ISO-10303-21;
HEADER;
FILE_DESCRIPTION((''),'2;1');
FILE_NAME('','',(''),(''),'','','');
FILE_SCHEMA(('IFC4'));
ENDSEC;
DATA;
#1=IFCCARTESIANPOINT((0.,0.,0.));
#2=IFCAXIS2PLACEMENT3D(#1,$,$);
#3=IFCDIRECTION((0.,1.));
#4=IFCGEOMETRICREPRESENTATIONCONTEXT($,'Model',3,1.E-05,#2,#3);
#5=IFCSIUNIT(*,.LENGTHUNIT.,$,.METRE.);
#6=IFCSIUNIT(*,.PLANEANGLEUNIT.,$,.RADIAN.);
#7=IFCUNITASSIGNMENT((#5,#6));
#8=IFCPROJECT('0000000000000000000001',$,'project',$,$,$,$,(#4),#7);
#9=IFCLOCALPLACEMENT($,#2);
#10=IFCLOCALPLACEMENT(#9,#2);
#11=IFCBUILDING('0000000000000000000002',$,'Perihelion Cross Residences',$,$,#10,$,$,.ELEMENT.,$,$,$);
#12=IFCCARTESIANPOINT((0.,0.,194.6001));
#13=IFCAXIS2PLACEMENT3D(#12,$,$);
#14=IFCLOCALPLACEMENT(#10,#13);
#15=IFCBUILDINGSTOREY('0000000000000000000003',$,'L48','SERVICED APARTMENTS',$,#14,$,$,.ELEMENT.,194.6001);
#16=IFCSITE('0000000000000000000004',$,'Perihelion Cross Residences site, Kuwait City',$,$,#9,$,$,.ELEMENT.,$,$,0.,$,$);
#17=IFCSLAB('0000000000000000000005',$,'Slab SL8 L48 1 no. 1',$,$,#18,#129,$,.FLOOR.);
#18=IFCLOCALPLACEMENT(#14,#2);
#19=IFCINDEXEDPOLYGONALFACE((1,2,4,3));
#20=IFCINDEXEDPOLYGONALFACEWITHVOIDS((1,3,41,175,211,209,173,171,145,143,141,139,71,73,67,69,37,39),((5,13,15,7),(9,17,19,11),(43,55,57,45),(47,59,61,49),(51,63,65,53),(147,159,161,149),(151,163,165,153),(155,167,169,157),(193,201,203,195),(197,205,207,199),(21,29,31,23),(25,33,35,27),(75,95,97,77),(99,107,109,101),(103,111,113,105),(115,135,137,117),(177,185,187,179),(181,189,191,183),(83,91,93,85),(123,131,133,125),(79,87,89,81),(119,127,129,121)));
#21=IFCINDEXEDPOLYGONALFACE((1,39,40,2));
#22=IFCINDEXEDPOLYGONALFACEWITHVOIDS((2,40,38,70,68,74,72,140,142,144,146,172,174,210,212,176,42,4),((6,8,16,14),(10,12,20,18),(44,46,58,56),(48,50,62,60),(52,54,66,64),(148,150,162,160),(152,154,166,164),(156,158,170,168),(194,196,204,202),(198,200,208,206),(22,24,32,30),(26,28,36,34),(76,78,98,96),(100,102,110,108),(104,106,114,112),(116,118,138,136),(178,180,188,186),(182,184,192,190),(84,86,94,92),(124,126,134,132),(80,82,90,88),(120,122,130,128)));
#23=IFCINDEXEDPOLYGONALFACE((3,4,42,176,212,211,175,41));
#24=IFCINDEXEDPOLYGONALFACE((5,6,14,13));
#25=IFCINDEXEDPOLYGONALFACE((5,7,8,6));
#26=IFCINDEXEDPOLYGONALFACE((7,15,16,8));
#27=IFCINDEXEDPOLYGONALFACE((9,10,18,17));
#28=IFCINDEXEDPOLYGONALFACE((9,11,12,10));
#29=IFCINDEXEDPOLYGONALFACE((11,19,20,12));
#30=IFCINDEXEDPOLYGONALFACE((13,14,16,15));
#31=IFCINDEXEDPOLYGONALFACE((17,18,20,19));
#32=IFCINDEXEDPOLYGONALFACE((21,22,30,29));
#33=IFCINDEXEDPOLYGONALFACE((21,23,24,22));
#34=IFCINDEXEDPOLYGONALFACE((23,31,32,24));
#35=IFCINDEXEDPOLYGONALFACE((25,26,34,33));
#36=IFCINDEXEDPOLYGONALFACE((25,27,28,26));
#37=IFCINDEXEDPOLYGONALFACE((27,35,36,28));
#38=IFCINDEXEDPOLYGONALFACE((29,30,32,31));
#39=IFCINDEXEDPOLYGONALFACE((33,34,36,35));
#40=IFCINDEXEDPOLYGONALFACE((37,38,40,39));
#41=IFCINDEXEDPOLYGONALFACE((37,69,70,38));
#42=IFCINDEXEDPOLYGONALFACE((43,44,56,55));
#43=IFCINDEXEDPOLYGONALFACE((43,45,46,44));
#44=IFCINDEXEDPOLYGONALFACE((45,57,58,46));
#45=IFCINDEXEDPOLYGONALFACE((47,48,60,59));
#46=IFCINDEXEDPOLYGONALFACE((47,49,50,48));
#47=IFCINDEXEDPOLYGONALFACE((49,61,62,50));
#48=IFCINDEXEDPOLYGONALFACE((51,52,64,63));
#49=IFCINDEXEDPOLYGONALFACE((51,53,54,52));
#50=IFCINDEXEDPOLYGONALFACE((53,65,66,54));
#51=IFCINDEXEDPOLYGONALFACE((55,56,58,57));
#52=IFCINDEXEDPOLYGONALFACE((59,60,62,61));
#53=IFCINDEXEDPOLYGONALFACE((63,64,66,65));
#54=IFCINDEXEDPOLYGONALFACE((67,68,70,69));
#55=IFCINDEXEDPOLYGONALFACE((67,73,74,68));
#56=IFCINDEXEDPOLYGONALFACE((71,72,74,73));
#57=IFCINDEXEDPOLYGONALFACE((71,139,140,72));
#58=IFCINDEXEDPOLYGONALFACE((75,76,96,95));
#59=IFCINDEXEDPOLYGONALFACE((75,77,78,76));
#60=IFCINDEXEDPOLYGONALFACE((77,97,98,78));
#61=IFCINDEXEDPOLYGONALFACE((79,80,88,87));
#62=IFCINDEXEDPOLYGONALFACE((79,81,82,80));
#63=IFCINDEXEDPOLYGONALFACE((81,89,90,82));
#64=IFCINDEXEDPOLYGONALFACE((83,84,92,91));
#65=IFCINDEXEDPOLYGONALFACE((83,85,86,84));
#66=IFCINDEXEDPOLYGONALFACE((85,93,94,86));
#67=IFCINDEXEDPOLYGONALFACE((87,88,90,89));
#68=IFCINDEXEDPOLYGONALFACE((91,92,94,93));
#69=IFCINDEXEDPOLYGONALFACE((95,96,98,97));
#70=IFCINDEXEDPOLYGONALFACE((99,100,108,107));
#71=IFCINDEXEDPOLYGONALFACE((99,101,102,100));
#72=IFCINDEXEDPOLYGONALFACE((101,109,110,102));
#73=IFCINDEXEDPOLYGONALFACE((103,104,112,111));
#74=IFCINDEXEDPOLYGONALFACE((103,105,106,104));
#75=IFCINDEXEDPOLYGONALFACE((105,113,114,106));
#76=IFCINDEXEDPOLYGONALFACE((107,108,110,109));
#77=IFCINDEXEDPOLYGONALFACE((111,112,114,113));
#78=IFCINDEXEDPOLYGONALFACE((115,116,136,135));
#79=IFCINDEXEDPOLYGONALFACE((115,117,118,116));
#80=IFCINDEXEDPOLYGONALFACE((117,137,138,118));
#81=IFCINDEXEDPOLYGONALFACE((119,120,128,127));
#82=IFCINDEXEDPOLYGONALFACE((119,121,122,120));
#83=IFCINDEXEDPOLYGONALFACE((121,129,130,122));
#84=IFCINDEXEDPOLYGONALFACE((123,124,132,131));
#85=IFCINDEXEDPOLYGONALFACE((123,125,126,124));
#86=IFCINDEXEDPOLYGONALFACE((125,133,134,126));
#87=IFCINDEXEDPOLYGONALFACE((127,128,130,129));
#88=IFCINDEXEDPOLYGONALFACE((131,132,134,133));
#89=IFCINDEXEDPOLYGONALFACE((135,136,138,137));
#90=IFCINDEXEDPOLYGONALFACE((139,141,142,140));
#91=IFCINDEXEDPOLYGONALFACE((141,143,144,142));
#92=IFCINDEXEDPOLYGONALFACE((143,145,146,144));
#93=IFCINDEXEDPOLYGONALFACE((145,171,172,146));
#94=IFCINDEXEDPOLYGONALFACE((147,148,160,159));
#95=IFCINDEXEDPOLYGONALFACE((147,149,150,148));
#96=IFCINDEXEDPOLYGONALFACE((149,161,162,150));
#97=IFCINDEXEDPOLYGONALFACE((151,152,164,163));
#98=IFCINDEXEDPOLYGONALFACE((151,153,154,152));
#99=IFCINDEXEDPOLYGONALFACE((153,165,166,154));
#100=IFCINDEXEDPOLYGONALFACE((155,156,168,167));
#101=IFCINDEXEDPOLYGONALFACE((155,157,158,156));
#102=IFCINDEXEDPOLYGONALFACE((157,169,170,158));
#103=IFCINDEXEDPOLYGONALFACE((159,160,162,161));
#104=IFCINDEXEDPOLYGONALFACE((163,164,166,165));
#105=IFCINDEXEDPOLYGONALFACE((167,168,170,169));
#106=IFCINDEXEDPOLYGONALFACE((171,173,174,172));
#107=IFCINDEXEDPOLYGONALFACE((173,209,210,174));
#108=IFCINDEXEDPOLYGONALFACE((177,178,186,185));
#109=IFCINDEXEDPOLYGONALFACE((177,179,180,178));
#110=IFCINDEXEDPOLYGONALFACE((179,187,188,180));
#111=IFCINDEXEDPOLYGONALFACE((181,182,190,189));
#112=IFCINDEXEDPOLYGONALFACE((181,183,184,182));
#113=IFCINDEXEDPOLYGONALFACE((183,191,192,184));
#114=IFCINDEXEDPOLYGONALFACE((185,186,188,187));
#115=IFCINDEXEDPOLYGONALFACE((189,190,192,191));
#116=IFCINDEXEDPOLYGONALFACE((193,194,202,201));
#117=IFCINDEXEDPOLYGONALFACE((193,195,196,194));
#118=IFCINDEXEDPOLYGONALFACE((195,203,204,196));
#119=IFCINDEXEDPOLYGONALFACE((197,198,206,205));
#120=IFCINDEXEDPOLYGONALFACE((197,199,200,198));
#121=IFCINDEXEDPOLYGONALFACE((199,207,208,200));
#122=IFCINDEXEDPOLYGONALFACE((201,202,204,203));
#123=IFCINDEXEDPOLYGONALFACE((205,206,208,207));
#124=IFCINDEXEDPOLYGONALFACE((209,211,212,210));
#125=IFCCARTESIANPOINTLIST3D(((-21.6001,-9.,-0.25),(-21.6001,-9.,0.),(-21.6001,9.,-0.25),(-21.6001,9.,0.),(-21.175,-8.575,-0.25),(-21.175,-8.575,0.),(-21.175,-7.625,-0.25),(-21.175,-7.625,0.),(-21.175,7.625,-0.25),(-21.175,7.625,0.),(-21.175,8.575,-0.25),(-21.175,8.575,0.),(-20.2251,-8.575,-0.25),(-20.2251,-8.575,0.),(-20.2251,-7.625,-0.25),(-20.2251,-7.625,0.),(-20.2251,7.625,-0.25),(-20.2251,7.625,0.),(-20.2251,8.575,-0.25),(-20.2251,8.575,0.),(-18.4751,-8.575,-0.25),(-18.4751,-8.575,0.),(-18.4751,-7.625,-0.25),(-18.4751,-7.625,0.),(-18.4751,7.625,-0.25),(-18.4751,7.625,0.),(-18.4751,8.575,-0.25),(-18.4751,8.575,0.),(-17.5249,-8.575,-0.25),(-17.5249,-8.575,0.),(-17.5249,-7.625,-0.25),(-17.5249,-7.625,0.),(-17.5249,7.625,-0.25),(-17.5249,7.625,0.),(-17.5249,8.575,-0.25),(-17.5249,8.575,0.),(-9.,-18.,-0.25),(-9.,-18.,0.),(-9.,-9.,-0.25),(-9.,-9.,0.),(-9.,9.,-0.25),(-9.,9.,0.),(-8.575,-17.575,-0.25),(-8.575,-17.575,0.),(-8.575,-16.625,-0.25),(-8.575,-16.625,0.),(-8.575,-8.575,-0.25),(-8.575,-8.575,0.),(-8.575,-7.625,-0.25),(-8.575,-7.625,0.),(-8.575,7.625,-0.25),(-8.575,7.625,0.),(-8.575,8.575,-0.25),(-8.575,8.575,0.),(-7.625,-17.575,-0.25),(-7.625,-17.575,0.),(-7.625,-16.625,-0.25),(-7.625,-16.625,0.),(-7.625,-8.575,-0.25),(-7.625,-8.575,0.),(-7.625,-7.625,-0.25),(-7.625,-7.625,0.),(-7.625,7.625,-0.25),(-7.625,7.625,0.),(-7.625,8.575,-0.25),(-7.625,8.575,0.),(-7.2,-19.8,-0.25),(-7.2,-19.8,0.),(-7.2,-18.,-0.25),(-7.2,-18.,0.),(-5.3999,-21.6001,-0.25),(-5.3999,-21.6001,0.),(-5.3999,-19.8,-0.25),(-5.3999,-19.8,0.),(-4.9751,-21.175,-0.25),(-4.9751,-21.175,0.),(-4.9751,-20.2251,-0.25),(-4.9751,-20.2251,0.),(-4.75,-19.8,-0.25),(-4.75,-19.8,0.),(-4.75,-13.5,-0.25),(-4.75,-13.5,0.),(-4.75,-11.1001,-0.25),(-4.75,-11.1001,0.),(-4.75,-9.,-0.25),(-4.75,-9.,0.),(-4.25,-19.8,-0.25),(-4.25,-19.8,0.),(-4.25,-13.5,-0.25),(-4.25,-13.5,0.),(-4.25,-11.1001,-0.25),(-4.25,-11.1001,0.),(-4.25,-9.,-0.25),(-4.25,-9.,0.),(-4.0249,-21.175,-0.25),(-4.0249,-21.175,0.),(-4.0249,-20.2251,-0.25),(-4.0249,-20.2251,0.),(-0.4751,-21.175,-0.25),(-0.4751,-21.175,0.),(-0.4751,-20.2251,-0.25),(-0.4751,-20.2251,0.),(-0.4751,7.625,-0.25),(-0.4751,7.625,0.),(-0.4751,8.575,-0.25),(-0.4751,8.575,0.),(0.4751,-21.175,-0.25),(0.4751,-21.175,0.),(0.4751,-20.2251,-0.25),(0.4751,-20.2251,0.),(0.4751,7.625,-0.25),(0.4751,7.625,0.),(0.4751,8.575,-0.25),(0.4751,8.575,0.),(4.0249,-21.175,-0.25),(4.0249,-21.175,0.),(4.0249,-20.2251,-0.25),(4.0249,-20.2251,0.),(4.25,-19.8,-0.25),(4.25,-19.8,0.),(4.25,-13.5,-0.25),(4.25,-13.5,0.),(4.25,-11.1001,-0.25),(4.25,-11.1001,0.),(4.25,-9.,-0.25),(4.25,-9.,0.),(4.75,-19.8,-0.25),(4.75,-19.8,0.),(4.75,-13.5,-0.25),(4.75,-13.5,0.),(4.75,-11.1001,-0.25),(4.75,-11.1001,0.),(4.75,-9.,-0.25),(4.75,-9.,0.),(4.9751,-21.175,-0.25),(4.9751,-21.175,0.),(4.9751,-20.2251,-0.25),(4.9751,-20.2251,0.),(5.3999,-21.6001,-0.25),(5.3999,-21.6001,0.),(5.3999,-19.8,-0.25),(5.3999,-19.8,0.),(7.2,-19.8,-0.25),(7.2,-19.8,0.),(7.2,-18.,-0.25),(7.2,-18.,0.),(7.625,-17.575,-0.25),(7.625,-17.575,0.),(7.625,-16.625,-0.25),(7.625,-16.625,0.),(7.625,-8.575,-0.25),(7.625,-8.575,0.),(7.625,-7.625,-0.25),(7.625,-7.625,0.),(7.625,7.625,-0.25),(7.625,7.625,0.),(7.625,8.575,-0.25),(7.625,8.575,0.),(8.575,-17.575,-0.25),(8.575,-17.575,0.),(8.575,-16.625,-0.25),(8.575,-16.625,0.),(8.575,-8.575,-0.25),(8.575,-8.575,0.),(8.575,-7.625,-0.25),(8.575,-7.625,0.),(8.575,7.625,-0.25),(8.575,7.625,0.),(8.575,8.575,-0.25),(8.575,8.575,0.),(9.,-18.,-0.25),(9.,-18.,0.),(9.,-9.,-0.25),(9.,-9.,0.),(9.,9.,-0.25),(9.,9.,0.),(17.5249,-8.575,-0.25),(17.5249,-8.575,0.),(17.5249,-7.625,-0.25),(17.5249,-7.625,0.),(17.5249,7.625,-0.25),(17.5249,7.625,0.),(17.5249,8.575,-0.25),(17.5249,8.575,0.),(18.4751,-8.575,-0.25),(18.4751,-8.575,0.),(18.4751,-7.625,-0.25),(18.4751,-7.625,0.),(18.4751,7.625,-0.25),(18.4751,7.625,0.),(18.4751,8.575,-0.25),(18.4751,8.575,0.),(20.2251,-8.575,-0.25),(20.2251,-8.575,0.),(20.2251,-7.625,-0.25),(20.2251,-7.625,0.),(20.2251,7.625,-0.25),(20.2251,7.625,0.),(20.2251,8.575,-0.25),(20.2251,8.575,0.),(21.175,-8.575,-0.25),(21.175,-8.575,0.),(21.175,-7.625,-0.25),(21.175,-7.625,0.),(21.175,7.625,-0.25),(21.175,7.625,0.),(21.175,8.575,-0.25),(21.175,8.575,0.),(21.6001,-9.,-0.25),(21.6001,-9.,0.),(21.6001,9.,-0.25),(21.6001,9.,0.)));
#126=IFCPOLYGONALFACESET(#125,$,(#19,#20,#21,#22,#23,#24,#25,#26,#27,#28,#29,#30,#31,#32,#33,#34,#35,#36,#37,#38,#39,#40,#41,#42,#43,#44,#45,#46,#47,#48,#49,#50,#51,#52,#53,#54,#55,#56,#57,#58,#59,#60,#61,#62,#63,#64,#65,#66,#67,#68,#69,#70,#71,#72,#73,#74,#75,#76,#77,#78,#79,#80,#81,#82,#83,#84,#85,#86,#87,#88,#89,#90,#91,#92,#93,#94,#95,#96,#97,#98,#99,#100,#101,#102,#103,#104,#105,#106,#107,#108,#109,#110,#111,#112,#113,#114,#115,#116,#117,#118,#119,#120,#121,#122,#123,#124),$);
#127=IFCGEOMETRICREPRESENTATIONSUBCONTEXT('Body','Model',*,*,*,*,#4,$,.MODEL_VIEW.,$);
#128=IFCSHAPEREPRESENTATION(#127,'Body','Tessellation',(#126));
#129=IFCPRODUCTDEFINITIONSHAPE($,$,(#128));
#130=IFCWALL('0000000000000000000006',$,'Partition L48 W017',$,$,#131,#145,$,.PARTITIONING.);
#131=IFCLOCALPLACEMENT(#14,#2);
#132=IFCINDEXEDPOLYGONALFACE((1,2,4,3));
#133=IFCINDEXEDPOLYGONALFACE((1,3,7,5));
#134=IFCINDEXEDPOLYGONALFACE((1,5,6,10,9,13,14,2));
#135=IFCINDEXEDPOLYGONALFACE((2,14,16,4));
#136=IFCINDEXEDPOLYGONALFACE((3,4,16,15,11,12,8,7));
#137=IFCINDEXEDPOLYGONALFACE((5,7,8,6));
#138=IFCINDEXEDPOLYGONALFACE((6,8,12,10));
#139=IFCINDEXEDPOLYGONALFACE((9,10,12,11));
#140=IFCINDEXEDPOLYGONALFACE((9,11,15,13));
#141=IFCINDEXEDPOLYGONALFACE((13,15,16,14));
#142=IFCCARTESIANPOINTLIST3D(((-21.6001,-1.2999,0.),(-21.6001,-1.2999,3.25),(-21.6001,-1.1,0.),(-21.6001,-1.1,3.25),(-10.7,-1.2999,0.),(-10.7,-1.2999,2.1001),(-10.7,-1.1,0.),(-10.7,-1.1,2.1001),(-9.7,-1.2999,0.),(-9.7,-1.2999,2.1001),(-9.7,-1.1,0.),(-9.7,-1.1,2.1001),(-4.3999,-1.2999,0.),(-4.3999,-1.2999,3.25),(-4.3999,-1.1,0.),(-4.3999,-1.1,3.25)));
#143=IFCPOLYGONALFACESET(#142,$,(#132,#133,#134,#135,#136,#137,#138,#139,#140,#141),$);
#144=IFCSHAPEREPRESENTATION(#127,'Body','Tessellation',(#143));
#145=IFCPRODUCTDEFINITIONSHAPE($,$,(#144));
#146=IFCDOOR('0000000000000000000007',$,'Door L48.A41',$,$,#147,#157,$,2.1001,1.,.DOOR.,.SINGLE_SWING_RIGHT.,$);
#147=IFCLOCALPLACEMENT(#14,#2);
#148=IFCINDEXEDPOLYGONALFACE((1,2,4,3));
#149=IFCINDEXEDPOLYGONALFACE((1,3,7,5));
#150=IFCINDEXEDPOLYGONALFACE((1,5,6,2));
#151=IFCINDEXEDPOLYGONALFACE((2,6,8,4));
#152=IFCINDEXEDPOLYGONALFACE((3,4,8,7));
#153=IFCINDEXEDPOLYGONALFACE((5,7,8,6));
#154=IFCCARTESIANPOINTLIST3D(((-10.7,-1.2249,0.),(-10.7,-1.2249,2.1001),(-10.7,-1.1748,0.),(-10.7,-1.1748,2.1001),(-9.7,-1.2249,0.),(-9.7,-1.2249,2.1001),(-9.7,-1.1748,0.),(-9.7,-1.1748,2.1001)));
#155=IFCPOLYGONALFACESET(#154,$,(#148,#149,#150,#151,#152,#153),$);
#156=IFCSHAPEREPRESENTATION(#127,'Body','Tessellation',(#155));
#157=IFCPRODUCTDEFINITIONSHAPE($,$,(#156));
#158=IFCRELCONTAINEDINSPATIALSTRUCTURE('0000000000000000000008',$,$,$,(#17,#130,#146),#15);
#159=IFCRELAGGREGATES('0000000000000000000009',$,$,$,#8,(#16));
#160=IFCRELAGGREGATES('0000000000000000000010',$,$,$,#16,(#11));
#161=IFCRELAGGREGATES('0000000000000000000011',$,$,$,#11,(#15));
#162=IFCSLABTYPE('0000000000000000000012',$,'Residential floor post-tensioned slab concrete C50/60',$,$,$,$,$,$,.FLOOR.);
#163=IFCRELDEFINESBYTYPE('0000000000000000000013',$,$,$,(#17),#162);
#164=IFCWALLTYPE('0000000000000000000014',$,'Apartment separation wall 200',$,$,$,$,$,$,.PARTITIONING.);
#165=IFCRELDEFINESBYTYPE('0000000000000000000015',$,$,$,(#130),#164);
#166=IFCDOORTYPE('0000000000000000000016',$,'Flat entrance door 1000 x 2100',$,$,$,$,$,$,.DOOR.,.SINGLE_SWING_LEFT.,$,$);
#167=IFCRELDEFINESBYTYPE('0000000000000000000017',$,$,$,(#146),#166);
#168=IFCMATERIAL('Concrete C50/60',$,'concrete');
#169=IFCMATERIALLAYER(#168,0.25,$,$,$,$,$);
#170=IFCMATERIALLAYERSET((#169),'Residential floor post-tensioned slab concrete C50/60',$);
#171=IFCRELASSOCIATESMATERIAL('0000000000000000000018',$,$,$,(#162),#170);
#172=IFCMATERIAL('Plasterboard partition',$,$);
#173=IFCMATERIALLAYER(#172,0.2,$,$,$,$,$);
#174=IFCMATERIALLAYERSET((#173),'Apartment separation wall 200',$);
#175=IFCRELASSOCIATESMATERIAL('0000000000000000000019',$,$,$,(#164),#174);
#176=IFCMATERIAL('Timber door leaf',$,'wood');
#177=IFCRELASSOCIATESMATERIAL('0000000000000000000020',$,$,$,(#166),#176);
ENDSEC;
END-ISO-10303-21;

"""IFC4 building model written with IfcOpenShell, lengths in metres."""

from ifc_helpers import new_model, si_unit, direction, frame, frame_2d, origin, place, context, subcontext, project, spatial, polyline, rectangle, outline, extrude, material, layer, layer_set, type_object, element, fill, save


model = new_model("IFC4")

# Units and contexts
model_context = context("Model", 3, precision=1e-05, world=origin(), true_north=direction((0.0, 1.0)))
body_context = subcontext(model_context, "Body", "Model", "MODEL_VIEW")
ifc_project = project(units=[si_unit("LENGTHUNIT", "METRE"), si_unit("PLANEANGLEUNIT", "RADIAN")], contexts=[model_context])

# Site, building, storey
site_placement = place(None, origin())
site = spatial("IfcSite", under=ifc_project, at=site_placement, Name="Perihelion Cross Residences site, Kuwait City", CompositionType="ELEMENT", RefElevation=0.0)
building_placement = place(site_placement, origin())
building = spatial("IfcBuilding", under=site, at=building_placement, Name="Perihelion Cross Residences", CompositionType="ELEMENT")
storey_placement = place(building_placement, frame((0.0, 0.0, 194.6001)))
storey = spatial("IfcBuildingStorey", under=building, at=storey_placement, Name="L48", Description="SERVICED APARTMENTS", CompositionType="ELEMENT", Elevation=194.6001)

# Slab
ifc_material_1 = material(Name="Concrete C50/60", Category="concrete")
ifc_layer_1 = layer(ifc_material_1, 0.25)
ifc_layer_set_1 = layer_set([ifc_layer_1], Name="Residential floor post-tensioned slab concrete C50/60")
slab_type_1 = type_object("IfcSlabType", Name="Residential floor post-tensioned slab concrete C50/60", PredefinedType="FLOOR", material=ifc_layer_set_1)
slab_1_placement = place(storey_placement, frame((0.0, 0.0, -0.25)))
element("IfcSlab", 1, at=slab_1_placement, inside=storey, type_object=slab_type_1, Name="Slab SL8 L48 1 no. 1", PredefinedType="FLOOR", context=body_context, shape_type="SweptSolid", body=[
    extrude(outline(polyline([(-9.0, 9.0), (9.0, 9.0), (21.6001, 9.0), (21.6001, -9.0), (9.0, -9.0), (9.0, -18.0), (7.2, -18.0), (7.2, -19.8), (5.3999, -19.8), (5.3999, -21.6001), (-5.3999, -21.6001), (-5.3999, -19.8), (-7.2, -19.8), (-7.2, -18.0), (-9.0, -18.0), (-9.0, -9.0), (-21.6001, -9.0), (-21.6001, 9.0), (-9.0, 9.0)]), holes=[polyline([(-4.0249, -20.2251), (-4.9751, -20.2251), (-4.9751, -21.175), (-4.0249, -21.175), (-4.0249, -20.2251)]), polyline([(0.4751, -21.175), (0.4751, -20.2251), (-0.4751, -20.2251), (-0.4751, -21.175), (0.4751, -21.175)]), polyline([(-7.625, -17.575), (-7.625, -16.625), (-8.575, -16.625), (-8.575, -17.575), (-7.625, -17.575)]), polyline([(-4.25, -13.5), (-4.75, -13.5), (-4.75, -19.8), (-4.25, -19.8), (-4.25, -13.5)]), polyline([(-4.25, -11.1001), (-4.25, -9.0), (-4.75, -9.0), (-4.75, -11.1001), (-4.25, -11.1001)]), polyline([(-20.2251, -8.575), (-20.2251, -7.625), (-21.175, -7.625), (-21.175, -8.575), (-20.2251, -8.575)]), polyline([(-17.5249, -7.625), (-18.4751, -7.625), (-18.4751, -8.575), (-17.5249, -8.575), (-17.5249, -7.625)]), polyline([(-7.625, -8.575), (-7.625, -7.625), (-8.575, -7.625), (-8.575, -8.575), (-7.625, -8.575)]), polyline([(-20.2251, 8.575), (-21.175, 8.575), (-21.175, 7.625), (-20.2251, 7.625), (-20.2251, 8.575)]), polyline([(-17.5249, 7.625), (-17.5249, 8.575), (-18.4751, 8.575), (-18.4751, 7.625), (-17.5249, 7.625)]), polyline([(-7.625, 7.625), (-7.625, 8.575), (-8.575, 8.575), (-8.575, 7.625), (-7.625, 7.625)]), polyline([(4.9751, -20.2251), (4.0249, -20.2251), (4.0249, -21.175), (4.9751, -21.175), (4.9751, -20.2251)]), polyline([(8.575, -17.575), (8.575, -16.625), (7.625, -16.625), (7.625, -17.575), (8.575, -17.575)]), polyline([(4.75, -19.8), (4.75, -13.5), (4.25, -13.5), (4.25, -19.8), (4.75, -19.8)]), polyline([(4.75, -9.0), (4.25, -9.0), (4.25, -11.1001), (4.75, -11.1001), (4.75, -9.0)]), polyline([(8.575, -8.575), (8.575, -7.625), (7.625, -7.625), (7.625, -8.575), (8.575, -8.575)]), polyline([(18.4751, -8.575), (18.4751, -7.625), (17.5249, -7.625), (17.5249, -8.575), (18.4751, -8.575)]), polyline([(21.175, -7.625), (20.2251, -7.625), (20.2251, -8.575), (21.175, -8.575), (21.175, -7.625)]), polyline([(0.4751, 7.625), (0.4751, 8.575), (-0.4751, 8.575), (-0.4751, 7.625), (0.4751, 7.625)]), polyline([(8.575, 8.575), (7.625, 8.575), (7.625, 7.625), (8.575, 7.625), (8.575, 8.575)]), polyline([(18.4751, 7.625), (18.4751, 8.575), (17.5249, 8.575), (17.5249, 7.625), (18.4751, 7.625)]), polyline([(21.175, 7.625), (21.175, 8.575), (20.2251, 8.575), (20.2251, 7.625), (21.175, 7.625)])]), origin(), (0.0, 0.0, 1.0), 0.25),
])

# Wall, opening, door
ifc_material_2 = material(Name="Plasterboard partition")
ifc_layer_2 = layer(ifc_material_2, 0.2)
ifc_layer_set_2 = layer_set([ifc_layer_2], Name="Apartment separation wall 200")
wall_type = type_object("IfcWallType", Name="Apartment separation wall 200", PredefinedType="PARTITIONING", material=ifc_layer_set_2)
wall_placement = place(storey_placement, frame((-4.3999, -1.2, 0.0), z_axis=(0.0, 0.0, 1.0), x_axis=(-1.0, 0.0, 0.0)))
wall = element("IfcWall", 2, at=wall_placement, inside=storey, type_object=wall_type, Name="Partition L48 W017", PredefinedType="PARTITIONING", context=body_context, shape_type="SweptSolid", body=[
    extrude(rectangle(XDim=17.2002, YDim=0.2, at=frame_2d((8.6001, 0.0))), origin(), (0.0, 0.0, 1.0), 3.25),
])
opening_placement = place(wall_placement, frame((5.3, 0.0, 0.0)))
opening = element("IfcOpeningElement", 3, at=opening_placement, cuts=wall, PredefinedType="OPENING", context=body_context, shape_type="SweptSolid", body=[
    extrude(rectangle(XDim=1.0, YDim=2.1001, at=frame_2d((0.5, 1.05))), frame((0.0, 0.1099, 0.0), z_axis=(0.0, -1.0, 0.0), x_axis=(1.0, 0.0, 0.0)), (0.0, 0.0, 1.0), 0.22),
])
ifc_material_3 = material(Name="Timber door leaf", Category="wood")
door_type = type_object("IfcDoorType", Name="Flat entrance door 1000 x 2100", OperationType="SINGLE_SWING_LEFT", PredefinedType="DOOR", material=ifc_material_3)
door_placement = place(opening_placement, origin())
door = element("IfcDoor", 4, at=door_placement, inside=storey, type_object=door_type, Name="Door L48.A41", OperationType="SINGLE_SWING_RIGHT", OverallHeight=2.1001, OverallWidth=1.0, PredefinedType="DOOR", context=body_context, shape_type="SweptSolid", body=[
    extrude(rectangle(XDim=1.0, YDim=2.1001, at=frame_2d((0.5, 1.05))), frame((0.0, 0.0249, 0.0), z_axis=(0.0, -1.0, 0.0), x_axis=(1.0, 0.0, 0.0)), (0.0, 0.0, 1.0), 0.05),
])
fill(opening, door)

save(model, "model.ifc")
